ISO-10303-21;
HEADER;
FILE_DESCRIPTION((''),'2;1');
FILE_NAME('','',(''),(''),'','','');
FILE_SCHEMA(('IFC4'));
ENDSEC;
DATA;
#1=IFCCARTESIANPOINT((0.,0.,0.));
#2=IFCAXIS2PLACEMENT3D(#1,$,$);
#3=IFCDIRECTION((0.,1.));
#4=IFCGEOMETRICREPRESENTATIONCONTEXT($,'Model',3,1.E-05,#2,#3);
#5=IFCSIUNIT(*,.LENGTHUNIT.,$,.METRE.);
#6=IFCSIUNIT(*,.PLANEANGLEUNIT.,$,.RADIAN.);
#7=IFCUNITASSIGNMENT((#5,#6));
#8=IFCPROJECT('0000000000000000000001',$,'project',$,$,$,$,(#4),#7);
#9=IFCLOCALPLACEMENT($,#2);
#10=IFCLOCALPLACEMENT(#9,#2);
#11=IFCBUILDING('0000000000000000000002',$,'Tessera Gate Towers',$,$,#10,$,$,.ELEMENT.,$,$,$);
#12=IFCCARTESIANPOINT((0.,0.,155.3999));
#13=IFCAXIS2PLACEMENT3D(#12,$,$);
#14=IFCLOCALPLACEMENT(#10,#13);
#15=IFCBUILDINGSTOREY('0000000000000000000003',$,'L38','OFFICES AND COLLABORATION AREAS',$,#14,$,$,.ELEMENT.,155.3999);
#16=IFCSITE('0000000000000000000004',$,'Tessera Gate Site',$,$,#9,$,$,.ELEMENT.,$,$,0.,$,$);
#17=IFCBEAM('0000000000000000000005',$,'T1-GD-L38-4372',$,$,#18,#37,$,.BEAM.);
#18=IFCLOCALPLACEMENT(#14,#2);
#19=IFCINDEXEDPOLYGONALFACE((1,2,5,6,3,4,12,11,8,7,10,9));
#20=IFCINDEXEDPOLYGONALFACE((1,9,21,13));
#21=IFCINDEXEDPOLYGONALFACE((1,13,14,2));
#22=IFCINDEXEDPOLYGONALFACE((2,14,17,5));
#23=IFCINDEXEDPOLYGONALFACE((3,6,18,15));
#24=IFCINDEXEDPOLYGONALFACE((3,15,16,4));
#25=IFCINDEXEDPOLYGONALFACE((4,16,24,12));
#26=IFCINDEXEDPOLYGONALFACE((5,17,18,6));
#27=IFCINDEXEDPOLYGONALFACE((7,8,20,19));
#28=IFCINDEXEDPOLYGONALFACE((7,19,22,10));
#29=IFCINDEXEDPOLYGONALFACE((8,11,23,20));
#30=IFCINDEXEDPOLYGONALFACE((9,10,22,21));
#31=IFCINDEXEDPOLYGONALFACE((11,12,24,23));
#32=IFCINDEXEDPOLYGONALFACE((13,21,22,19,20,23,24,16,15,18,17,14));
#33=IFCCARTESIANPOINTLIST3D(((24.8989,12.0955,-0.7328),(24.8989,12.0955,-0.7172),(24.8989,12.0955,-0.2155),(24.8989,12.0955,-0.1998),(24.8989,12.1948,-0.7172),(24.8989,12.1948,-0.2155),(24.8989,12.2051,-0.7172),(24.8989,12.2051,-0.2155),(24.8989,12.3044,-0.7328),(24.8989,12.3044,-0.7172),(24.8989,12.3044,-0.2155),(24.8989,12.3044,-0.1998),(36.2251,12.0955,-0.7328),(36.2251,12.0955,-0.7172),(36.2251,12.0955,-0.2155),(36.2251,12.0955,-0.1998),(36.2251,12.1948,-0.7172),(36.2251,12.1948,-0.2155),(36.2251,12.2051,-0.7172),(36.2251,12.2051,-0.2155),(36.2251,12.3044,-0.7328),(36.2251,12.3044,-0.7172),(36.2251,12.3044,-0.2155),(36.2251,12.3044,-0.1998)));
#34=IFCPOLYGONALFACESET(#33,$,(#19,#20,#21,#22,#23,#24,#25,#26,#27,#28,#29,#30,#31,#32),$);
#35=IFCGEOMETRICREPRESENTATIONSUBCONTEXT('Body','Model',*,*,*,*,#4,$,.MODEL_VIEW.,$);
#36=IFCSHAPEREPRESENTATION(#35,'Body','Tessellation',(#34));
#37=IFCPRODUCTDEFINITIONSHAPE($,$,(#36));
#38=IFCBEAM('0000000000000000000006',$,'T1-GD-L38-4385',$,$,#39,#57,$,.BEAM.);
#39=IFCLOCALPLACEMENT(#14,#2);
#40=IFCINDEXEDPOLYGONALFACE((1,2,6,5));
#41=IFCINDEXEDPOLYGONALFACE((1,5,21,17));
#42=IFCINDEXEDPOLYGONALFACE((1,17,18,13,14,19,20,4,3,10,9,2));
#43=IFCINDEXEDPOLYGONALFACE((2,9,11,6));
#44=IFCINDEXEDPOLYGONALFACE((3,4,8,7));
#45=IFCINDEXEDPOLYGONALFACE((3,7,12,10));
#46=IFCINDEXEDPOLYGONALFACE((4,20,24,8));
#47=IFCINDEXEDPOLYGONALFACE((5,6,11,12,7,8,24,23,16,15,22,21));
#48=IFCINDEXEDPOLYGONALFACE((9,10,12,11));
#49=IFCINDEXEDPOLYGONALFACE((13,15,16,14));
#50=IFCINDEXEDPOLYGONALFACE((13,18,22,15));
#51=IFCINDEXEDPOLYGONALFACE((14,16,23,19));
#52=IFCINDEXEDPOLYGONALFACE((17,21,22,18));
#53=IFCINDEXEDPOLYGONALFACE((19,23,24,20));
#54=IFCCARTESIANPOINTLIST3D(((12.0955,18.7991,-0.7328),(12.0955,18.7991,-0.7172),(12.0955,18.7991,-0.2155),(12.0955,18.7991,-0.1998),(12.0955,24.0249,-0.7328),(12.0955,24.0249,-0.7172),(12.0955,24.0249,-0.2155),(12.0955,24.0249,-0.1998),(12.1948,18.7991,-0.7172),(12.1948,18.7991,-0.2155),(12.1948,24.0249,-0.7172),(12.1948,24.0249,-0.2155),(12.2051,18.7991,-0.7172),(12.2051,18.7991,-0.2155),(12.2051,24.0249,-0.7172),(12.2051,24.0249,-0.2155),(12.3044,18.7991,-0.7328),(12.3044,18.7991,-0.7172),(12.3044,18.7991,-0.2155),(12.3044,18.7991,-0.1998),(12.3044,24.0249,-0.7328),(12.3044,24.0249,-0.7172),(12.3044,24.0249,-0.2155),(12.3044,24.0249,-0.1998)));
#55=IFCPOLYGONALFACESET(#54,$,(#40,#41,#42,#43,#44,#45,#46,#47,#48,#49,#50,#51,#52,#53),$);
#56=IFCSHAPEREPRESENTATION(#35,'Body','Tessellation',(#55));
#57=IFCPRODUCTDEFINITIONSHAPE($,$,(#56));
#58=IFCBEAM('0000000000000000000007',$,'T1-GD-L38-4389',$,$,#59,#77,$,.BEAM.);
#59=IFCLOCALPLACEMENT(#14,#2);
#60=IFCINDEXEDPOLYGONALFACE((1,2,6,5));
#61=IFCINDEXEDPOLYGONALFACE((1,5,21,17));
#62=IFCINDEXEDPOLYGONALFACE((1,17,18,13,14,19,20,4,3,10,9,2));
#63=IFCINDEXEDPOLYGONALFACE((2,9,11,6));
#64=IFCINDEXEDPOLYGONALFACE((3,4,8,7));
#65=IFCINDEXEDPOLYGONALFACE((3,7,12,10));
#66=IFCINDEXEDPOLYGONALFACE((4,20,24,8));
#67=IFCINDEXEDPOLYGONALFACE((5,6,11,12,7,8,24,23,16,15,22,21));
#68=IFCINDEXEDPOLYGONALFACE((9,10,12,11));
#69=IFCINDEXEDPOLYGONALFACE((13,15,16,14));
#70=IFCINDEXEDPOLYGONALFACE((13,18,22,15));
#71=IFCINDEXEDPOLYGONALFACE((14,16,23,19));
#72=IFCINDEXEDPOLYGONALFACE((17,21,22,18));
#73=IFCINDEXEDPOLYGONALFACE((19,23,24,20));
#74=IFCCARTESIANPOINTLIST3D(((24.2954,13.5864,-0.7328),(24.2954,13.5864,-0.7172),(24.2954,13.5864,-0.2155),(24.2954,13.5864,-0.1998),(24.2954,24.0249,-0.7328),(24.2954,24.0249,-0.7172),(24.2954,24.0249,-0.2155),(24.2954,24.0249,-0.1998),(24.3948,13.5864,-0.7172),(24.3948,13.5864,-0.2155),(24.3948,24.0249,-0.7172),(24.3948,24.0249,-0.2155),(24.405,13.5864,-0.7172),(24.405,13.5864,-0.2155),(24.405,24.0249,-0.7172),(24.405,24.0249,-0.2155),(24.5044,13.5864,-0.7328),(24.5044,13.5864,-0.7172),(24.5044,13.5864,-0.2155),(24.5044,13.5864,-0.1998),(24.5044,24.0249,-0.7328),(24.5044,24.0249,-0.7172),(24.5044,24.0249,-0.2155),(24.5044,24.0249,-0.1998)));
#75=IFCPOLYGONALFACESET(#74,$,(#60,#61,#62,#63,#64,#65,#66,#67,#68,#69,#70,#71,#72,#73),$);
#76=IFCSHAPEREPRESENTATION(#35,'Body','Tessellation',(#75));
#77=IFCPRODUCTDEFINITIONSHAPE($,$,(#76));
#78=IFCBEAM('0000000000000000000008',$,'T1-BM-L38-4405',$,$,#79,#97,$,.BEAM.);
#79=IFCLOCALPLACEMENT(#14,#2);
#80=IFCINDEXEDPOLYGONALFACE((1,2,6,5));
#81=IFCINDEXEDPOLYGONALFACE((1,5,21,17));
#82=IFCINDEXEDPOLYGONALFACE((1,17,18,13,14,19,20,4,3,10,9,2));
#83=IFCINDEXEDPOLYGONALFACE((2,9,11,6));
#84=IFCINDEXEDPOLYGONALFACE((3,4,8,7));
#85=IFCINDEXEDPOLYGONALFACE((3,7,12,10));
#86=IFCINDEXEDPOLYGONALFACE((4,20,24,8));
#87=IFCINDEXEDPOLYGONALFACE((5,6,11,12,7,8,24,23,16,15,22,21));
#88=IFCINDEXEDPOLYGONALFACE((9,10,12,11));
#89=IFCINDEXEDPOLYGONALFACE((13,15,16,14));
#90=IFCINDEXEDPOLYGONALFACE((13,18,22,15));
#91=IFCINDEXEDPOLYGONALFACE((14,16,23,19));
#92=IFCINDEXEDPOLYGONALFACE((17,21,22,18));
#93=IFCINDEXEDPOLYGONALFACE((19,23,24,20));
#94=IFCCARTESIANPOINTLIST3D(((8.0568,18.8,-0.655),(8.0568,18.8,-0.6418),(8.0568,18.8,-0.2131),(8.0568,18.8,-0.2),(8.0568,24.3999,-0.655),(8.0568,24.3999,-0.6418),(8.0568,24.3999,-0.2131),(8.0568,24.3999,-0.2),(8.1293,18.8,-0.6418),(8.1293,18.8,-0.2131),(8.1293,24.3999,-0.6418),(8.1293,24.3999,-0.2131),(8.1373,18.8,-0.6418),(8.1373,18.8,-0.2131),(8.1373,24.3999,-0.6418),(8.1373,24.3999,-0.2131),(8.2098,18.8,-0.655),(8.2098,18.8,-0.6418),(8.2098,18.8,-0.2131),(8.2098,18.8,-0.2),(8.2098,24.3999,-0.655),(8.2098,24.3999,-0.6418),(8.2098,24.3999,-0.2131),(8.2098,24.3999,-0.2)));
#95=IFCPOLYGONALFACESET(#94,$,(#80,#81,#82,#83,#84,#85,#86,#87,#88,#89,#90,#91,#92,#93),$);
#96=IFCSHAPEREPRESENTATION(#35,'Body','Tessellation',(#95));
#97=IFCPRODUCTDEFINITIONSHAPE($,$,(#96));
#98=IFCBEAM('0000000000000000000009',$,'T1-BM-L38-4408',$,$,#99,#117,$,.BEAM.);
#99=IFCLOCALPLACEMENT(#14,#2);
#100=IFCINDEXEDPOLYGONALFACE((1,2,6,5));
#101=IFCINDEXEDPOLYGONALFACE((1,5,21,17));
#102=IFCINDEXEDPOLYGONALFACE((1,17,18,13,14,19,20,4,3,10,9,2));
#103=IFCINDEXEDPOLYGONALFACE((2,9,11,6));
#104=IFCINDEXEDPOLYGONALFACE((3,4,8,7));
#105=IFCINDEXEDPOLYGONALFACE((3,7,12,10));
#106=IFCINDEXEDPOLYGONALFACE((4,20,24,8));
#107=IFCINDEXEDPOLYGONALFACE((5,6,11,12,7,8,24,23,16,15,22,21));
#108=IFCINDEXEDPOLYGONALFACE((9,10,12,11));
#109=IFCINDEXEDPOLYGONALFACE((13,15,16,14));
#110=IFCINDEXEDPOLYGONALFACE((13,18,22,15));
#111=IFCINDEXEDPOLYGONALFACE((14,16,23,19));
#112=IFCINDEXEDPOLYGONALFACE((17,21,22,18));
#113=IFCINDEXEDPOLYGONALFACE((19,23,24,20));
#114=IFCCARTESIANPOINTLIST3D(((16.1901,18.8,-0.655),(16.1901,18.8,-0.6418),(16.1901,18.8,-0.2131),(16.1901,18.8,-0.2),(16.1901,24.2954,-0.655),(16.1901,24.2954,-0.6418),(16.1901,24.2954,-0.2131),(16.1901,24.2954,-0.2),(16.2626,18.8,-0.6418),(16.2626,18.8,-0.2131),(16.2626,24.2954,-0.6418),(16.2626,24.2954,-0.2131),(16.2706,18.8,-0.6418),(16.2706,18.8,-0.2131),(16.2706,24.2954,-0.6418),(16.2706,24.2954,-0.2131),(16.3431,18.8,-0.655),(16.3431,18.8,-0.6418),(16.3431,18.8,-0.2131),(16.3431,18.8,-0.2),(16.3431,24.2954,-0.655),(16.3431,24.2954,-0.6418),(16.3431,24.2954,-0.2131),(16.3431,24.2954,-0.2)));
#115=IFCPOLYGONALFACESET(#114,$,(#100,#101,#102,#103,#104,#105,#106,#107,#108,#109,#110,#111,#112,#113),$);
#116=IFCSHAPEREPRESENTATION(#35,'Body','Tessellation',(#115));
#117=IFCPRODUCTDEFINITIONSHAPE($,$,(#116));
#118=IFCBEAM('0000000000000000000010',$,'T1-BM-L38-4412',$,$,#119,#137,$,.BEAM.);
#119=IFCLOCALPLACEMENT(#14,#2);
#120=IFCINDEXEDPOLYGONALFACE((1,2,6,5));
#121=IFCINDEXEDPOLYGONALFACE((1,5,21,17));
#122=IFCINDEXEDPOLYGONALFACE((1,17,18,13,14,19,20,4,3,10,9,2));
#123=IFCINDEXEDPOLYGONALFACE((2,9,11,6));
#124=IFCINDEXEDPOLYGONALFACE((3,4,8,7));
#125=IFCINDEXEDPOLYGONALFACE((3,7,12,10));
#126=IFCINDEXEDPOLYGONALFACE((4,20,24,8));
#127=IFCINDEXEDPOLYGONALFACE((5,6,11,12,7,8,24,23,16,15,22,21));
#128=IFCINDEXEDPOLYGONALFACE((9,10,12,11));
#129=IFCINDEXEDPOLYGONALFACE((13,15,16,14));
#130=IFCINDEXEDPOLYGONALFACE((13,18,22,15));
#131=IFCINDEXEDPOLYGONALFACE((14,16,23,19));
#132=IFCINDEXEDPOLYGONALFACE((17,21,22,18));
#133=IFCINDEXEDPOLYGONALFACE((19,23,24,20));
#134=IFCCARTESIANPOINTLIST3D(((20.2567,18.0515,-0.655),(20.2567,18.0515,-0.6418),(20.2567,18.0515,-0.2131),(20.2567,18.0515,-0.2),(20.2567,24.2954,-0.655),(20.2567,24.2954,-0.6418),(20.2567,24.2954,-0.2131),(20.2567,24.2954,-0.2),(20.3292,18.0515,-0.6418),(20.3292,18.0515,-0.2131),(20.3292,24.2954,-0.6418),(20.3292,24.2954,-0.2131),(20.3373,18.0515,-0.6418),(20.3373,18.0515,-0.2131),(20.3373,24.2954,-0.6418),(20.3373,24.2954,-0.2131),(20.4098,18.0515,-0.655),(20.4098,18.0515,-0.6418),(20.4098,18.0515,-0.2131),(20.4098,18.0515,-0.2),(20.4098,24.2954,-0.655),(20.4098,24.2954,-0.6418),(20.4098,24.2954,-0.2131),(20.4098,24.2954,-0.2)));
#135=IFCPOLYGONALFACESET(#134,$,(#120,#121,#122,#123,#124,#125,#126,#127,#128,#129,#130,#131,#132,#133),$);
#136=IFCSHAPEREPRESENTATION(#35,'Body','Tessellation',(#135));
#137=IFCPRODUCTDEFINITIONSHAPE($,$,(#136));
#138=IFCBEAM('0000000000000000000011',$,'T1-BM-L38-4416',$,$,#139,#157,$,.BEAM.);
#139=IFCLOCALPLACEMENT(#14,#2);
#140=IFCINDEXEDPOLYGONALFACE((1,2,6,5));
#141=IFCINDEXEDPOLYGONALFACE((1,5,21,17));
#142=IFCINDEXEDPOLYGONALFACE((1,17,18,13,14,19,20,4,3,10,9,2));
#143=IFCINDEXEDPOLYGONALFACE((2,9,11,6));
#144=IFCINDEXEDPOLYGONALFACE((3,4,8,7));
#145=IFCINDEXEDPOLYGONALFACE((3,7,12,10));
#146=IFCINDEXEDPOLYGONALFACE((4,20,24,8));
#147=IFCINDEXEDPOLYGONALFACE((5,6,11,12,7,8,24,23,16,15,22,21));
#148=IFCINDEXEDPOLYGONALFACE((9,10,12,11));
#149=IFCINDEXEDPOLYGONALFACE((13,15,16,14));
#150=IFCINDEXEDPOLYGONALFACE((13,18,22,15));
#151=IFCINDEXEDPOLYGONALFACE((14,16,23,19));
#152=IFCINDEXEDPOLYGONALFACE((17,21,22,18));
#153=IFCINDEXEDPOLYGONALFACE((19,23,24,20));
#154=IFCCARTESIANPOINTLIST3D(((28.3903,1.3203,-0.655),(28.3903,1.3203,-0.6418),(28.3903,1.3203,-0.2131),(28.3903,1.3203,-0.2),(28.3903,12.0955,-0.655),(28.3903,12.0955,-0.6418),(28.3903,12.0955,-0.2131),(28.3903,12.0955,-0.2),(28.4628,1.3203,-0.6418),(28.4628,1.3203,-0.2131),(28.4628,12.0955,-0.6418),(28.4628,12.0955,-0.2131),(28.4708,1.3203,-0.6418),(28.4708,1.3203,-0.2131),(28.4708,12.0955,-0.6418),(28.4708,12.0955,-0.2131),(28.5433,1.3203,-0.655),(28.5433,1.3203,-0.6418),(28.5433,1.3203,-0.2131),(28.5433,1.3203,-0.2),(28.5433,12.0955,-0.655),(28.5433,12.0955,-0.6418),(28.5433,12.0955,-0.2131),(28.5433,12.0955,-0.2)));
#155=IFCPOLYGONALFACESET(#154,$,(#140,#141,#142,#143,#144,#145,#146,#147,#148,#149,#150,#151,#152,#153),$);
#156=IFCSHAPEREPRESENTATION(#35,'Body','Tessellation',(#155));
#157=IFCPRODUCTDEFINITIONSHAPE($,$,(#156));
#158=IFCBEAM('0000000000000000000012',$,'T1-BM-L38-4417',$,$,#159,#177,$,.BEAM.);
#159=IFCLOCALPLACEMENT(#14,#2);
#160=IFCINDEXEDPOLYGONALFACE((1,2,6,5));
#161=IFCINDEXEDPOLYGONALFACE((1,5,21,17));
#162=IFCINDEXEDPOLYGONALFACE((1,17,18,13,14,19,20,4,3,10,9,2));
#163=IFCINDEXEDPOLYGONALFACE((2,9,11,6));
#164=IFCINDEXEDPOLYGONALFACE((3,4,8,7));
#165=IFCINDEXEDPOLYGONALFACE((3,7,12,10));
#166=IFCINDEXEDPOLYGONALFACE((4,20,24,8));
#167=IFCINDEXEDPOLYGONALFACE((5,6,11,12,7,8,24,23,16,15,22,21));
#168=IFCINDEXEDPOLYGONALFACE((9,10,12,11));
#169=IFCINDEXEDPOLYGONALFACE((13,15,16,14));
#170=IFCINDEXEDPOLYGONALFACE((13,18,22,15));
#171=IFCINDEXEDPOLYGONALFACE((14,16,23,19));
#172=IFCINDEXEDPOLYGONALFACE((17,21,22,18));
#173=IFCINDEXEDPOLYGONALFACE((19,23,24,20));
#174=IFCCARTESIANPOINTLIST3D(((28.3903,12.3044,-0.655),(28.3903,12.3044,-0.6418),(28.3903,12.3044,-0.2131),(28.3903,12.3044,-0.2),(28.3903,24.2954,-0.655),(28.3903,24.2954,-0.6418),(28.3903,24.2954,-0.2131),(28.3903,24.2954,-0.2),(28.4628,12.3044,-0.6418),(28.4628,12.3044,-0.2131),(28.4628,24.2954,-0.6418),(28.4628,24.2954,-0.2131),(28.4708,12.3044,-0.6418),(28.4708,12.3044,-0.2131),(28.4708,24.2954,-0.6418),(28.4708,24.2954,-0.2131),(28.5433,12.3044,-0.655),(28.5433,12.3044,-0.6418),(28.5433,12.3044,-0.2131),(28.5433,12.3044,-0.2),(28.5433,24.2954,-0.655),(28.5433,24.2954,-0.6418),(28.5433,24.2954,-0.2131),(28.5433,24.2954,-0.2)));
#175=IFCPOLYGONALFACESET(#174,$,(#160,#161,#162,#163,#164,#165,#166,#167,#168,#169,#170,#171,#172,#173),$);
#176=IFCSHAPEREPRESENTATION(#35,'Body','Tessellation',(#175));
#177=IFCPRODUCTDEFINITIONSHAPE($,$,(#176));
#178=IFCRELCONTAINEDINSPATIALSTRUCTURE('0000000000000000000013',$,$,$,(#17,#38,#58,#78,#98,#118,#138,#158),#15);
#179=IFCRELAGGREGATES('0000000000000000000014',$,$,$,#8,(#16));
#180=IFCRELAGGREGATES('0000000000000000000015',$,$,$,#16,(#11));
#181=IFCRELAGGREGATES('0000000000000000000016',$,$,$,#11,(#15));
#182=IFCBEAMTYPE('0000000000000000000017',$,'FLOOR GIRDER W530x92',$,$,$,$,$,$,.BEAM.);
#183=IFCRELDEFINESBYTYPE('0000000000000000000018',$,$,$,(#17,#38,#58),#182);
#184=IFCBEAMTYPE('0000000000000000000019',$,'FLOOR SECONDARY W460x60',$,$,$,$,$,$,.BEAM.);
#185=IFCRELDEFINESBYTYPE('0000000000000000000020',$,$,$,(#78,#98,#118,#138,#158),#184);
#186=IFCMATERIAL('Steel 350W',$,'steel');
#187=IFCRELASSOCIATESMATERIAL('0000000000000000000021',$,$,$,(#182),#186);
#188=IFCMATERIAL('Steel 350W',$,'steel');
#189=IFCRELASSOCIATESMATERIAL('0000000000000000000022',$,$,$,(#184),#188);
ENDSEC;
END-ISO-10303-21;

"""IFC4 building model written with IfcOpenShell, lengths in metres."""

from ifc_helpers import new_model, si_unit, direction, frame, origin, origin_2d, place, context, subcontext, project, spatial, i_section, extrude, material, material_profile, profile_set, type_object, element, save


model = new_model("IFC4")

# Units and contexts
model_context = context("Model", 3, precision=1e-05, world=origin(), true_north=direction((0.0, 1.0)))
body_context = subcontext(model_context, "Body", "Model", "MODEL_VIEW")
ifc_project = project(units=[si_unit("LENGTHUNIT", "METRE"), si_unit("PLANEANGLEUNIT", "RADIAN")], contexts=[model_context])

# Site, building, storey
site_placement = place(None, origin())
site = spatial("IfcSite", under=ifc_project, at=site_placement, Name="Tessera Gate Site", CompositionType="ELEMENT", RefElevation=0.0)
building_placement = place(site_placement, origin())
building = spatial("IfcBuilding", under=site, at=building_placement, Name="Tessera Gate Towers", CompositionType="ELEMENT")
storey_placement = place(building_placement, frame((0.0, 0.0, 155.3999)))
storey = spatial("IfcBuildingStorey", under=building, at=storey_placement, Name="L38", Description="OFFICES AND COLLABORATION AREAS", CompositionType="ELEMENT", Elevation=155.3999)

# Beams
ifc_material_1 = material(Name="Steel 350W", Category="steel")
ifc_material_profile_1 = material_profile(ifc_material_1, i_section(OverallWidth=0.209, OverallDepth=0.533, WebThickness=0.0103, FlangeThickness=0.0156, at=origin_2d()), Name="W530x92")
ifc_profile_set_1 = profile_set([ifc_material_profile_1], Name="Steel 350W")
beam_type_1 = type_object("IfcBeamType", Name="FLOOR GIRDER W530x92", PredefinedType="BEAM", material=ifc_profile_set_1)
beam_1_placement = place(storey_placement, frame((24.8989, 12.2, -0.4663), z_axis=(1.0, 0.0, 0.0), x_axis=(0.0, 1.0, 0.0)))
element("IfcBeam", 1, at=beam_1_placement, inside=storey, type_object=beam_type_1, Name="T1-GD-L38-4372", PredefinedType="BEAM", context=body_context, shape_type="SweptSolid", body=[
    extrude(i_section(OverallWidth=0.209, OverallDepth=0.533, WebThickness=0.0103, FlangeThickness=0.0156, at=origin_2d()), origin(), (0.0, 0.0, 1.0), 11.3262),
])
beam_2_placement = place(storey_placement, frame((12.2, 18.7991, -0.4663), z_axis=(0.0, 1.0, 0.0), x_axis=(-1.0, 0.0, 0.0)))
element("IfcBeam", 2, at=beam_2_placement, inside=storey, type_object=beam_type_1, Name="T1-GD-L38-4385", PredefinedType="BEAM", context=body_context, shape_type="SweptSolid", body=[
    extrude(i_section(OverallWidth=0.209, OverallDepth=0.533, WebThickness=0.0103, FlangeThickness=0.0156, at=origin_2d()), origin(), (0.0, 0.0, 1.0), 5.2258),
])
beam_3_placement = place(storey_placement, frame((24.3999, 13.5864, -0.4663), z_axis=(0.0, 1.0, 0.0), x_axis=(-1.0, 0.0, 0.0)))
element("IfcBeam", 3, at=beam_3_placement, inside=storey, type_object=beam_type_1, Name="T1-GD-L38-4389", PredefinedType="BEAM", context=body_context, shape_type="SweptSolid", body=[
    extrude(i_section(OverallWidth=0.209, OverallDepth=0.533, WebThickness=0.0103, FlangeThickness=0.0156, at=origin_2d()), origin(), (0.0, 0.0, 1.0), 10.4385),
])
ifc_material_2 = material(Name="Steel 350W", Category="steel")
ifc_material_profile_2 = material_profile(ifc_material_2, i_section(OverallWidth=0.1531, OverallDepth=0.4551, WebThickness=0.0081, FlangeThickness=0.0132, at=origin_2d()), Name="W460x60")
ifc_profile_set_2 = profile_set([ifc_material_profile_2], Name="Steel 350W")
beam_type_2 = type_object("IfcBeamType", Name="FLOOR SECONDARY W460x60", PredefinedType="BEAM", material=ifc_profile_set_2)
beam_4_placement = place(storey_placement, frame((8.1333, 18.8, -0.4275), z_axis=(0.0, 1.0, 0.0), x_axis=(-1.0, 0.0, 0.0)))
element("IfcBeam", 4, at=beam_4_placement, inside=storey, type_object=beam_type_2, Name="T1-BM-L38-4405", PredefinedType="BEAM", context=body_context, shape_type="SweptSolid", body=[
    extrude(i_section(OverallWidth=0.1531, OverallDepth=0.4551, WebThickness=0.0081, FlangeThickness=0.0132, at=origin_2d()), origin(), (0.0, 0.0, 1.0), 5.5999),
])
beam_5_placement = place(storey_placement, frame((16.2666, 18.8, -0.4275), z_axis=(0.0, 1.0, 0.0), x_axis=(-1.0, 0.0, 0.0)))
element("IfcBeam", 5, at=beam_5_placement, inside=storey, type_object=beam_type_2, Name="T1-BM-L38-4408", PredefinedType="BEAM", context=body_context, shape_type="SweptSolid", body=[
    extrude(i_section(OverallWidth=0.1531, OverallDepth=0.4551, WebThickness=0.0081, FlangeThickness=0.0132, at=origin_2d()), origin(), (0.0, 0.0, 1.0), 5.4954),
])
beam_6_placement = place(storey_placement, frame((20.3333, 18.0515, -0.4275), z_axis=(0.0, 1.0, 0.0), x_axis=(-1.0, 0.0, 0.0)))
element("IfcBeam", 6, at=beam_6_placement, inside=storey, type_object=beam_type_2, Name="T1-BM-L38-4412", PredefinedType="BEAM", context=body_context, shape_type="SweptSolid", body=[
    extrude(i_section(OverallWidth=0.1531, OverallDepth=0.4551, WebThickness=0.0081, FlangeThickness=0.0132, at=origin_2d()), origin(), (0.0, 0.0, 1.0), 6.2439),
])
beam_7_placement = place(storey_placement, frame((28.4668, 1.3203, -0.4275), z_axis=(0.0, 1.0, 0.0), x_axis=(-1.0, 0.0, 0.0)))
element("IfcBeam", 7, at=beam_7_placement, inside=storey, type_object=beam_type_2, Name="T1-BM-L38-4416", PredefinedType="BEAM", context=body_context, shape_type="SweptSolid", body=[
    extrude(i_section(OverallWidth=0.1531, OverallDepth=0.4551, WebThickness=0.0081, FlangeThickness=0.0132, at=origin_2d()), origin(), (0.0, 0.0, 1.0), 10.7751),
])
beam_8_placement = place(storey_placement, frame((28.4668, 12.3044, -0.4275), z_axis=(0.0, 1.0, 0.0), x_axis=(-1.0, 0.0, 0.0)))
element("IfcBeam", 8, at=beam_8_placement, inside=storey, type_object=beam_type_2, Name="T1-BM-L38-4417", PredefinedType="BEAM", context=body_context, shape_type="SweptSolid", body=[
    extrude(i_section(OverallWidth=0.1531, OverallDepth=0.4551, WebThickness=0.0081, FlangeThickness=0.0132, at=origin_2d()), origin(), (0.0, 0.0, 1.0), 11.991),
])

save(model, "model.ifc")
